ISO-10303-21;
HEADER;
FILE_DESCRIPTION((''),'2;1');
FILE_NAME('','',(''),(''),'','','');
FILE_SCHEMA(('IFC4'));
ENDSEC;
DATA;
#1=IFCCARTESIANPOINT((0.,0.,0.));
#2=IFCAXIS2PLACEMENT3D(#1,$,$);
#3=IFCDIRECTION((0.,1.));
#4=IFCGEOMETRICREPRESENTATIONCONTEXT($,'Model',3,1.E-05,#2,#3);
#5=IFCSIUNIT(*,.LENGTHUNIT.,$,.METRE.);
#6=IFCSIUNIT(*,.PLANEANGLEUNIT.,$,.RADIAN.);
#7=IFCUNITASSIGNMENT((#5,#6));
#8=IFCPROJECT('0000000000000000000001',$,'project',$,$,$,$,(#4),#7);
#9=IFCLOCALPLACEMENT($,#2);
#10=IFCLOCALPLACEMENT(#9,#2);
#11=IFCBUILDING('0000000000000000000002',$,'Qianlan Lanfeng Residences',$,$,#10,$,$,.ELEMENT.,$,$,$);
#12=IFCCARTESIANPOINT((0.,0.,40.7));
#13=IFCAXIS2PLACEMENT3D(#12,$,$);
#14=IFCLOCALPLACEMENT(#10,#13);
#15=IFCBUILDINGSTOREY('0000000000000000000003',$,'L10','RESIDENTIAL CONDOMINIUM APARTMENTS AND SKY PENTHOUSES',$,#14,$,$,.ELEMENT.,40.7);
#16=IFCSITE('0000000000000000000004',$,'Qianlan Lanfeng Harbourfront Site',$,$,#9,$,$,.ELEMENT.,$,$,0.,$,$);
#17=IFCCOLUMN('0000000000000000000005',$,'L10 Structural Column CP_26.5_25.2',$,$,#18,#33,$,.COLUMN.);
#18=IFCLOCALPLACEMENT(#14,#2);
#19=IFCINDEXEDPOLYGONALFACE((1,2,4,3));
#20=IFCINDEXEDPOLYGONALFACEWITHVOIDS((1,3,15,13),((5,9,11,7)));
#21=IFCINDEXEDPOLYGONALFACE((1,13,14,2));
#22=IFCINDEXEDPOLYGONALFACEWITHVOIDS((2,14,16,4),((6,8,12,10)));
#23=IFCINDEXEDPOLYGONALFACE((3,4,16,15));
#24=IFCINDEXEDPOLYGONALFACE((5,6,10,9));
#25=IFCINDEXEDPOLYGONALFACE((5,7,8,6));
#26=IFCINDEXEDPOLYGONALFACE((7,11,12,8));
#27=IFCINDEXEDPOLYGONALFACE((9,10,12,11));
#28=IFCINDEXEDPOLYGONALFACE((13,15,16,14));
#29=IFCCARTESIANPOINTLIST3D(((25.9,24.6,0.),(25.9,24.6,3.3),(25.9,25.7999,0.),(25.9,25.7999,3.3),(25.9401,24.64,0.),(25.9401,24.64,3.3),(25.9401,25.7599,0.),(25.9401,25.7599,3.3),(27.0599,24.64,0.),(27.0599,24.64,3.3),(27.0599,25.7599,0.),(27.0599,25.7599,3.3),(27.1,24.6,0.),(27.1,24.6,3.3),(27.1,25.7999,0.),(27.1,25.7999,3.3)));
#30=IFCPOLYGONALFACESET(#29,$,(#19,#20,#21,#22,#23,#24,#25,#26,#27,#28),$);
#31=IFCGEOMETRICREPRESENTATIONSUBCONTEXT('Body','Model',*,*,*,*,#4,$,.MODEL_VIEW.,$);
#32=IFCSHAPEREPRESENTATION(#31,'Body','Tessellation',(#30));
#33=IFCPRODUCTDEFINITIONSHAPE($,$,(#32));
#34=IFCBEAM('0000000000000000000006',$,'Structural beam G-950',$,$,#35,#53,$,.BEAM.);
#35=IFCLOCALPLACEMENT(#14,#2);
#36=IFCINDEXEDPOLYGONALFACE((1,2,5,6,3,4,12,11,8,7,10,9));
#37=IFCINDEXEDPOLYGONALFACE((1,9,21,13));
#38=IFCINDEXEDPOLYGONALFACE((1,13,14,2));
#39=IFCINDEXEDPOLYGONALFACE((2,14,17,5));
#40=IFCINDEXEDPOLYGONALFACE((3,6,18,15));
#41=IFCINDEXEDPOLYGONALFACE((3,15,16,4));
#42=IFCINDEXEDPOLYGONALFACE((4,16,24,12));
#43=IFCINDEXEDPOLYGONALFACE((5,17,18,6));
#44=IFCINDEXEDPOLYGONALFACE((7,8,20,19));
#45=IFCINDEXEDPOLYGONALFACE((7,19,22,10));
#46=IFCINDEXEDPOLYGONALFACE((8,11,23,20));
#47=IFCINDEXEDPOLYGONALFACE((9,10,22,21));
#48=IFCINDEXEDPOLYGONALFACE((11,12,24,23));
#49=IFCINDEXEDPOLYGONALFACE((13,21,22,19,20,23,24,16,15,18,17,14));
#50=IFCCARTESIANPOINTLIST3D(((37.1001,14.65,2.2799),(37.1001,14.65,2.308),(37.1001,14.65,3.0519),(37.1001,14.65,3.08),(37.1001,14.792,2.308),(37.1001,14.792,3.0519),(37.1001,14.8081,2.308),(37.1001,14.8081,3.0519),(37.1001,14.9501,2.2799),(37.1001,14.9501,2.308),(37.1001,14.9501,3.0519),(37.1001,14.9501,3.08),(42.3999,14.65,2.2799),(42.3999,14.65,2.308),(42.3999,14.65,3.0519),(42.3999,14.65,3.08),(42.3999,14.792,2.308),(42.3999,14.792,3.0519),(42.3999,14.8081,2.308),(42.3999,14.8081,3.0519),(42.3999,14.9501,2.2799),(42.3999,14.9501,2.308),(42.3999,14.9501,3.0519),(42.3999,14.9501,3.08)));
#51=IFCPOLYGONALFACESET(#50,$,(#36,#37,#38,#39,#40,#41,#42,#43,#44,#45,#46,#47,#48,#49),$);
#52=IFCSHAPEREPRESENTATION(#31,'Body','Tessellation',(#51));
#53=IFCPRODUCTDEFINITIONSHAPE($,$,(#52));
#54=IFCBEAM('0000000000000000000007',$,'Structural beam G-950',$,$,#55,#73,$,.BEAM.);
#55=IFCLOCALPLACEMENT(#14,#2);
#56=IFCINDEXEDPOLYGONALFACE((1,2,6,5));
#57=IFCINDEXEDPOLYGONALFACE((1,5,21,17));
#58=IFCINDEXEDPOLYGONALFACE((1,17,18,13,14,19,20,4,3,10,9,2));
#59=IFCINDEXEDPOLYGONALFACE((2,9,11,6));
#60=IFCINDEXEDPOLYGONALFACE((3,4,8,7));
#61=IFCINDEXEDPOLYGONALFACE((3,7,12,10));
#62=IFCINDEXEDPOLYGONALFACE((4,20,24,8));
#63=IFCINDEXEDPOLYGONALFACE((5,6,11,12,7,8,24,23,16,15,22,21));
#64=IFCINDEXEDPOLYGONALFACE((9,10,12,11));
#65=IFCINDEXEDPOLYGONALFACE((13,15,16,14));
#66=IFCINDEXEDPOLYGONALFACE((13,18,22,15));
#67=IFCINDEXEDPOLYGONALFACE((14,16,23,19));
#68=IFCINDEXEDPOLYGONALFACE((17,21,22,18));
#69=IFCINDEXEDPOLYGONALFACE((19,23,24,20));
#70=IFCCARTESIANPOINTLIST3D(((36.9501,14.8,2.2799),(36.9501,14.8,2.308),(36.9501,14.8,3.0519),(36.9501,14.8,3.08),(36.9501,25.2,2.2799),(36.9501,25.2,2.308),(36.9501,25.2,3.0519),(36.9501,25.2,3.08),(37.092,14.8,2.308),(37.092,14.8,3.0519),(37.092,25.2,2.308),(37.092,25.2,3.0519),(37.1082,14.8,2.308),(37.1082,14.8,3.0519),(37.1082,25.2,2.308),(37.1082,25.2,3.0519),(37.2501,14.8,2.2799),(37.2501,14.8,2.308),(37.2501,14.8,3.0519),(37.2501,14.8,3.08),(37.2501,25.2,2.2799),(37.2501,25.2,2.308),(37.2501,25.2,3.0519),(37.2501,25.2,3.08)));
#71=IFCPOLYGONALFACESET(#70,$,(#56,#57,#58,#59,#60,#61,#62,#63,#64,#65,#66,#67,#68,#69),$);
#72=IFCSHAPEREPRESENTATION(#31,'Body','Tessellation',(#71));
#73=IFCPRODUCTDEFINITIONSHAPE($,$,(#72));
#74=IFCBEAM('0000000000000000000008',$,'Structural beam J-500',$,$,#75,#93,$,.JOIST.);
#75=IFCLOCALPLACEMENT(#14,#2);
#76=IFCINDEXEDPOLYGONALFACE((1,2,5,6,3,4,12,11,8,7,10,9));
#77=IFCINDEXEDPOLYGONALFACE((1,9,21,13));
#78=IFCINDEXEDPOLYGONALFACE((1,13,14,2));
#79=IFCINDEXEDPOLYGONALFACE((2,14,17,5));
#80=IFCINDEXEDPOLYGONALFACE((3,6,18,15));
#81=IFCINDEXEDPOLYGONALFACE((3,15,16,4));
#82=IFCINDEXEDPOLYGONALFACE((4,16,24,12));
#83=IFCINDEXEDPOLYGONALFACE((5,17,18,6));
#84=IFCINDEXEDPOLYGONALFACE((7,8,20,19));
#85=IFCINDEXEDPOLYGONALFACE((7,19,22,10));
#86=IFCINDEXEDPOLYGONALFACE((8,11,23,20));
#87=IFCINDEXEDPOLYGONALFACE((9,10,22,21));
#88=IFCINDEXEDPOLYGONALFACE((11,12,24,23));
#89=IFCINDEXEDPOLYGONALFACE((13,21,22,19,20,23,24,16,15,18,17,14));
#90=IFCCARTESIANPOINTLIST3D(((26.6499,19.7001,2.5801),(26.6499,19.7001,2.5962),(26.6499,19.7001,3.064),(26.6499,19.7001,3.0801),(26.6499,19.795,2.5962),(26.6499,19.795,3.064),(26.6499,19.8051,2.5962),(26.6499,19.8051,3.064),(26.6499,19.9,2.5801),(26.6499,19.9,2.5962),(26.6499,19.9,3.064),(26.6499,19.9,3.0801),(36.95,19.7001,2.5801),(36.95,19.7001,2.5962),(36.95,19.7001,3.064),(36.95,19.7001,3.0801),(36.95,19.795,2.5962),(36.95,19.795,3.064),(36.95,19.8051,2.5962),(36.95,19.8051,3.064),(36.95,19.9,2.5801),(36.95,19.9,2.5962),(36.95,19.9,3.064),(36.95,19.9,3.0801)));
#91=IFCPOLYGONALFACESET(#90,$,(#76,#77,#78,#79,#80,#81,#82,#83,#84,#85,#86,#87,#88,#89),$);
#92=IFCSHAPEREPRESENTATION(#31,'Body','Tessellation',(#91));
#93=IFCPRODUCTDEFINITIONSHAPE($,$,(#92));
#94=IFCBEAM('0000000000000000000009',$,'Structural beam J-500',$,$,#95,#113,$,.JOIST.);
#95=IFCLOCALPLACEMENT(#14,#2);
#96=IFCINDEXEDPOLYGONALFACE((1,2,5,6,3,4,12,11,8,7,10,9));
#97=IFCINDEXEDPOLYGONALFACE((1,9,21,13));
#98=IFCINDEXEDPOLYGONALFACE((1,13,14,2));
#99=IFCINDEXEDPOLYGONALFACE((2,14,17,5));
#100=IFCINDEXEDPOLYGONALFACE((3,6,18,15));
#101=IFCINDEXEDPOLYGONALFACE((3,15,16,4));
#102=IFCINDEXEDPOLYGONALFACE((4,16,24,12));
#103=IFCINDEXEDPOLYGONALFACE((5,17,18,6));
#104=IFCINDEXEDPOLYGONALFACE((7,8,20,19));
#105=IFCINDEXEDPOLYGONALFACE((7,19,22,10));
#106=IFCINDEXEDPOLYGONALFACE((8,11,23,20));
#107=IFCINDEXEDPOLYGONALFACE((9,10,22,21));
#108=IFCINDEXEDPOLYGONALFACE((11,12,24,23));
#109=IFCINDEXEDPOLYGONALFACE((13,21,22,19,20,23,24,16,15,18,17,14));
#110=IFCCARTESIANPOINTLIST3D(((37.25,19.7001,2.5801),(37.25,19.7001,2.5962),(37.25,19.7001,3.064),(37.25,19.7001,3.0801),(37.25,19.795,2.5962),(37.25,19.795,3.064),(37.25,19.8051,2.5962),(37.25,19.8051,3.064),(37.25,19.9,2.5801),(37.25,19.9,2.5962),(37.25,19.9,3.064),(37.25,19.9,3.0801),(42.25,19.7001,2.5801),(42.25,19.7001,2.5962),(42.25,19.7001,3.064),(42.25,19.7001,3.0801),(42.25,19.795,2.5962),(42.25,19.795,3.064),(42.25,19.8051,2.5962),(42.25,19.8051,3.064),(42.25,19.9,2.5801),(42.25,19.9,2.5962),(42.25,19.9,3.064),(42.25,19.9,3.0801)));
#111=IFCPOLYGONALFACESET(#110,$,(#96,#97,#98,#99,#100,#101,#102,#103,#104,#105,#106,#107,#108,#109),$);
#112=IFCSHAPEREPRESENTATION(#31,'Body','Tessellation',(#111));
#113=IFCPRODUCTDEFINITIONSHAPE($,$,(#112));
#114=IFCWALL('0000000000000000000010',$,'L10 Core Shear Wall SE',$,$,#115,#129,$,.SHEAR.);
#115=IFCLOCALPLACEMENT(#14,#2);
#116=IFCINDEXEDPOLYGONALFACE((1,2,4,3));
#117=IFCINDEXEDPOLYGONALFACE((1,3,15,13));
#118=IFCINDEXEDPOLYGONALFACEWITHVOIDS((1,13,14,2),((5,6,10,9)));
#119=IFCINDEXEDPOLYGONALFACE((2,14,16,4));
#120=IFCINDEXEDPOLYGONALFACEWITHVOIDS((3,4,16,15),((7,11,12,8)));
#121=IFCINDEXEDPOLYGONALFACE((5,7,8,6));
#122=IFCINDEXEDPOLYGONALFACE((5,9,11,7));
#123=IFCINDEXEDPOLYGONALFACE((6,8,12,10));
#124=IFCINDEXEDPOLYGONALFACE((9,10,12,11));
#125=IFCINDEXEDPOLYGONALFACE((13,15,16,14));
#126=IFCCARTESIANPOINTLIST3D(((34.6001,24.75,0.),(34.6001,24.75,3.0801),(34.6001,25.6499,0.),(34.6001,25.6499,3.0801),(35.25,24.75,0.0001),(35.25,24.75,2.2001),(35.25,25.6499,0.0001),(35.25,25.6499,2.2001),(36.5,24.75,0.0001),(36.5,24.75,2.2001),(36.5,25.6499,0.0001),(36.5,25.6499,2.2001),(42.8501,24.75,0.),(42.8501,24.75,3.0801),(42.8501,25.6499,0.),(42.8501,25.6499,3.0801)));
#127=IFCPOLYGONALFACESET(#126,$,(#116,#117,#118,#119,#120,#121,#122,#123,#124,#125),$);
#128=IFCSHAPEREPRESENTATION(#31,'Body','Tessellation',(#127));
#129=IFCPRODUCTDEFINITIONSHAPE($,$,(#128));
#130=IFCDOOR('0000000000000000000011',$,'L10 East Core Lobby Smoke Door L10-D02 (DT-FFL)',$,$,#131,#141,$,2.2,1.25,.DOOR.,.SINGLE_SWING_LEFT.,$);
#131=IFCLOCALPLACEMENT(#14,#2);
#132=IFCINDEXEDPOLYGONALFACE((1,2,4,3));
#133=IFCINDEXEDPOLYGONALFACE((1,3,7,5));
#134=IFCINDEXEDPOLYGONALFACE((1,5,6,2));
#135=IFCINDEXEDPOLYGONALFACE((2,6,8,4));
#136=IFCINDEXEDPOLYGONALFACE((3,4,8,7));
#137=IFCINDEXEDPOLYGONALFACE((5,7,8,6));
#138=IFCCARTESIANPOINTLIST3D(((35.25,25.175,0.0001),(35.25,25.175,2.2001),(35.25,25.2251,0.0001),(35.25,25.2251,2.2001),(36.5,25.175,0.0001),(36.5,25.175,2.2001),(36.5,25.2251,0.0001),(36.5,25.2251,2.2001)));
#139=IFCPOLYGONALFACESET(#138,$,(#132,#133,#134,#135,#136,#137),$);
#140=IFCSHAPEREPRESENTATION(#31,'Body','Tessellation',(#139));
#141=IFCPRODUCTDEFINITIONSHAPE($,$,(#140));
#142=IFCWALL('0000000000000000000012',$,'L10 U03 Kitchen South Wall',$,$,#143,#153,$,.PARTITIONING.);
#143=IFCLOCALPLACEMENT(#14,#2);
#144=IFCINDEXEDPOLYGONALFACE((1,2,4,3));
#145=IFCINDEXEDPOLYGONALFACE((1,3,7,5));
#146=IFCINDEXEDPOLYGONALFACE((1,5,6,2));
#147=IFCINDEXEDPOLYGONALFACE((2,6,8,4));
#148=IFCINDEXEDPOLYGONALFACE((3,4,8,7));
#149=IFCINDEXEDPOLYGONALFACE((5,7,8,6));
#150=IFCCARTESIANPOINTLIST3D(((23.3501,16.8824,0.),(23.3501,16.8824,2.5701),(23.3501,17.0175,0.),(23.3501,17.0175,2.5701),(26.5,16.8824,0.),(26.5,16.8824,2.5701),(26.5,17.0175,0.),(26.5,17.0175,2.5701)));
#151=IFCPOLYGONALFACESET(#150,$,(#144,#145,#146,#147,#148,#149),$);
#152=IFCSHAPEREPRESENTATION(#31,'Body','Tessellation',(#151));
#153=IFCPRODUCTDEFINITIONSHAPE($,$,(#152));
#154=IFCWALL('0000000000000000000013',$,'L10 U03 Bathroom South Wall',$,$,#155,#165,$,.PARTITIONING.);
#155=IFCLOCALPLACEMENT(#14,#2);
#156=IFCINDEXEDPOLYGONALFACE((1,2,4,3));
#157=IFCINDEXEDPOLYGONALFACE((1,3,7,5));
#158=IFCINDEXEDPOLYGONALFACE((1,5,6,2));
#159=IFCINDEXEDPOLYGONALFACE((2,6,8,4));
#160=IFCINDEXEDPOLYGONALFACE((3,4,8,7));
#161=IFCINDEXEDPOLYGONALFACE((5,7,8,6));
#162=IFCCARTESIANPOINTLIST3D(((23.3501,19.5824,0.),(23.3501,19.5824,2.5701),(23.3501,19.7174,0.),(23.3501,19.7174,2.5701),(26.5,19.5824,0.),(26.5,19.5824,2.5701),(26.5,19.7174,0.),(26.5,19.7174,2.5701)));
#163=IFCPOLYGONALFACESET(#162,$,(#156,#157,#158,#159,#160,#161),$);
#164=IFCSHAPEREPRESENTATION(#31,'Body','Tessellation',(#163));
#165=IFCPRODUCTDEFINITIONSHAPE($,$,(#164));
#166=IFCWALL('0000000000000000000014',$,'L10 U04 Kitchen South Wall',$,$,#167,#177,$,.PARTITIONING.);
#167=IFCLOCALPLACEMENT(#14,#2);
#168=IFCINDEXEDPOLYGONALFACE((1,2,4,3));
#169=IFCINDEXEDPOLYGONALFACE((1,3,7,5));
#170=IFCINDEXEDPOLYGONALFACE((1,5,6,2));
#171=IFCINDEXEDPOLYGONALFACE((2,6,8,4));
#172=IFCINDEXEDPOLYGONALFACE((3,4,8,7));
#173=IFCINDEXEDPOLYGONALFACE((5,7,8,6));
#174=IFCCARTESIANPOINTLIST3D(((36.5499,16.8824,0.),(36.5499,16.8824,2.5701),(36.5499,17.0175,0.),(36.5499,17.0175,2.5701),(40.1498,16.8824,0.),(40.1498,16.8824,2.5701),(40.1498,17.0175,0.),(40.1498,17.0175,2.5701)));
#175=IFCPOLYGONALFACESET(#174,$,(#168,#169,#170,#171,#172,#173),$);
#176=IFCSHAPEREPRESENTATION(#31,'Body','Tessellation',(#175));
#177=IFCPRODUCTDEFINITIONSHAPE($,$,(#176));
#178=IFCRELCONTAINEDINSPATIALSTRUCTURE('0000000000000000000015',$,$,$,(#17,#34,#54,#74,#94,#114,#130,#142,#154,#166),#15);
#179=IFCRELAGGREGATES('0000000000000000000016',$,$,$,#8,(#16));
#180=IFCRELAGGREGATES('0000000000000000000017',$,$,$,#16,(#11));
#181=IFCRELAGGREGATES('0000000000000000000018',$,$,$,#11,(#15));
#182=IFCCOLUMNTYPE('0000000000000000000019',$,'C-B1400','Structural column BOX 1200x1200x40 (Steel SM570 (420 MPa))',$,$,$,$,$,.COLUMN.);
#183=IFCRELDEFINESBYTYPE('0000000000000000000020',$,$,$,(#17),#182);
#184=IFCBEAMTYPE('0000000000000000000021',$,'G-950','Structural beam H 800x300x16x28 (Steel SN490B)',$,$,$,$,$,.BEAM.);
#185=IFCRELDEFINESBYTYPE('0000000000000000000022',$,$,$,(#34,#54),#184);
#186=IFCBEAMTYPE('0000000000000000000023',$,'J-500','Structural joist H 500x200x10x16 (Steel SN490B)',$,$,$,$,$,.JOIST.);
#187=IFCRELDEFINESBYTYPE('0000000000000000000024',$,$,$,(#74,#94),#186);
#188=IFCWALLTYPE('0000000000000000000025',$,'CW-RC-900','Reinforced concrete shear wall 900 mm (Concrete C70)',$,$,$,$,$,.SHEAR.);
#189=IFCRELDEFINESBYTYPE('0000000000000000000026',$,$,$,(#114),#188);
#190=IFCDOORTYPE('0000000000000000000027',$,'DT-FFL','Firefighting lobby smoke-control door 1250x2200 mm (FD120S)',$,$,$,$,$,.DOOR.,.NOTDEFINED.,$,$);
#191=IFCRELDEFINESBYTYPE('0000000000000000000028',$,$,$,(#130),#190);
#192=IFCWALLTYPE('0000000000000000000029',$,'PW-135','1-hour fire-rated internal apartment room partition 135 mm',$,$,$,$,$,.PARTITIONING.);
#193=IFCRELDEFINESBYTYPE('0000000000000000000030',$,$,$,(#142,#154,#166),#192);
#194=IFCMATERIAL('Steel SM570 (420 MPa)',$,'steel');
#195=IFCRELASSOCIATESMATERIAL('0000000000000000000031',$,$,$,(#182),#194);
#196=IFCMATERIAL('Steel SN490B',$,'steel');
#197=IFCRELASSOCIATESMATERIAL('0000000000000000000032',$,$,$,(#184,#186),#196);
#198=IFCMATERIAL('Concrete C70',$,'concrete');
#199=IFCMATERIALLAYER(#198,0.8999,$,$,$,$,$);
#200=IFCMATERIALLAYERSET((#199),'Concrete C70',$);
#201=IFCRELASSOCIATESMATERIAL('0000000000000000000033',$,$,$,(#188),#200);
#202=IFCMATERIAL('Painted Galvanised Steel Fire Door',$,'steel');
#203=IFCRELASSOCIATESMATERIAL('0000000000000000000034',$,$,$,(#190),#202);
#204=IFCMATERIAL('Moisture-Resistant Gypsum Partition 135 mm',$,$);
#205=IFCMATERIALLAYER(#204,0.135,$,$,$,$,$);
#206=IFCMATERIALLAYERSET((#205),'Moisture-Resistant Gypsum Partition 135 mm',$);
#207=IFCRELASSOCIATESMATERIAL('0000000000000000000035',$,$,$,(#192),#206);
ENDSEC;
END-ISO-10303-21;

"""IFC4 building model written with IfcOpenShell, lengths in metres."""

from ifc_helpers import new_model, si_unit, direction, frame, frame_2d, origin, origin_2d, place, context, subcontext, project, spatial, rectangle, hollow_rectangle, i_section, extrude, material, layer, layer_set, material_profile, profile_set, type_object, element, fill, save


model = new_model("IFC4")

# Units and contexts
model_context = context("Model", 3, precision=1e-05, world=origin(), true_north=direction((0.0, 1.0)))
body_context = subcontext(model_context, "Body", "Model", "MODEL_VIEW")
ifc_project = project(units=[si_unit("LENGTHUNIT", "METRE"), si_unit("PLANEANGLEUNIT", "RADIAN")], contexts=[model_context])

# Site, building, storey
site_placement = place(None, origin())
site = spatial("IfcSite", under=ifc_project, at=site_placement, Name="Qianlan Lanfeng Harbourfront Site", CompositionType="ELEMENT", RefElevation=0.0)
building_placement = place(site_placement, origin())
building = spatial("IfcBuilding", under=site, at=building_placement, Name="Qianlan Lanfeng Residences", CompositionType="ELEMENT")
storey_placement = place(building_placement, frame((0.0, 0.0, 40.7)))
storey = spatial("IfcBuildingStorey", under=building, at=storey_placement, Name="L10", Description="RESIDENTIAL CONDOMINIUM APARTMENTS AND SKY PENTHOUSES", CompositionType="ELEMENT", Elevation=40.7)

# Column
ifc_material_1 = material(Name="Steel SM570 (420 MPa)", Category="steel")
ifc_material_profile_1 = material_profile(ifc_material_1, hollow_rectangle(XDim=1.2, YDim=1.2, WallThickness=0.04, at=origin_2d()), Name="BOX 1200x1200x40")
ifc_profile_set_1 = profile_set([ifc_material_profile_1], Name="Steel SM570 (420 MPa)")
column_type = type_object("IfcColumnType", Name="C-B1400", Description="Structural column BOX 1200x1200x40 (Steel SM570 (420 MPa))", PredefinedType="COLUMN", material=ifc_profile_set_1)
column_placement = place(storey_placement, frame((26.5, 25.2, 0.0), z_axis=(0.0, 0.0, 1.0), x_axis=(1.0, 0.0, 0.0)))
element("IfcColumn", 1, at=column_placement, inside=storey, type_object=column_type, Name="L10 Structural Column CP_26.5_25.2", PredefinedType="COLUMN", context=body_context, shape_type="SweptSolid", body=[
    extrude(hollow_rectangle(XDim=1.2, YDim=1.2, WallThickness=0.04, at=origin_2d()), origin(), (0.0, 0.0, 1.0), 3.3),
])

# Beams
ifc_material_2 = material(Name="Steel SN490B", Category="steel")
ifc_material_profile_2 = material_profile(ifc_material_2, i_section(OverallWidth=0.3, OverallDepth=0.8, WebThickness=0.0161, FlangeThickness=0.0281, at=origin_2d()), Name="H 800x300x16x28")
ifc_profile_set_2 = profile_set([ifc_material_profile_2], Name="Steel SN490B")
beam_type_1 = type_object("IfcBeamType", Name="G-950", Description="Structural beam H 800x300x16x28 (Steel SN490B)", PredefinedType="BEAM", material=ifc_profile_set_2)
beam_1_placement = place(storey_placement, frame((37.1001, 14.8, 2.6799), z_axis=(1.0, 0.0, 0.0), x_axis=(0.0, 1.0, 0.0)))
element("IfcBeam", 2, at=beam_1_placement, inside=storey, type_object=beam_type_1, Name="Structural beam G-950", PredefinedType="BEAM", context=body_context, shape_type="SweptSolid", body=[
    extrude(i_section(OverallWidth=0.3, OverallDepth=0.8, WebThickness=0.0161, FlangeThickness=0.0281, at=origin_2d()), origin(), (0.0, 0.0, 1.0), 5.2998),
])
beam_2_placement = place(storey_placement, frame((37.1001, 14.8, 2.6799), z_axis=(0.0, 1.0, 0.0), x_axis=(-1.0, 0.0, 0.0)))
element("IfcBeam", 3, at=beam_2_placement, inside=storey, type_object=beam_type_1, Name="Structural beam G-950", PredefinedType="BEAM", context=body_context, shape_type="SweptSolid", body=[
    extrude(i_section(OverallWidth=0.3, OverallDepth=0.8, WebThickness=0.0161, FlangeThickness=0.0281, at=origin_2d()), origin(), (0.0, 0.0, 1.0), 10.3999),
])
ifc_material_profile_3 = material_profile(ifc_material_2, i_section(OverallWidth=0.2, OverallDepth=0.5, WebThickness=0.01, FlangeThickness=0.0161, at=origin_2d()), Name="H 500x200x10x16")
ifc_profile_set_3 = profile_set([ifc_material_profile_3], Name="Steel SN490B")
beam_type_2 = type_object("IfcBeamType", Name="J-500", Description="Structural joist H 500x200x10x16 (Steel SN490B)", PredefinedType="JOIST", material=ifc_profile_set_3)
beam_3_placement = place(storey_placement, frame((26.6499, 19.8, 2.8301), z_axis=(1.0, 0.0, 0.0), x_axis=(0.0, 1.0, 0.0)))
element("IfcBeam", 4, at=beam_3_placement, inside=storey, type_object=beam_type_2, Name="Structural beam J-500", PredefinedType="JOIST", context=body_context, shape_type="SweptSolid", body=[
    extrude(i_section(OverallWidth=0.2, OverallDepth=0.5, WebThickness=0.01, FlangeThickness=0.0161, at=origin_2d()), origin(), (0.0, 0.0, 1.0), 10.3),
])
beam_4_placement = place(storey_placement, frame((37.25, 19.8, 2.8301), z_axis=(1.0, 0.0, 0.0), x_axis=(0.0, 1.0, 0.0)))
element("IfcBeam", 5, at=beam_4_placement, inside=storey, type_object=beam_type_2, Name="Structural beam J-500", PredefinedType="JOIST", context=body_context, shape_type="SweptSolid", body=[
    extrude(i_section(OverallWidth=0.2, OverallDepth=0.5, WebThickness=0.01, FlangeThickness=0.0161, at=origin_2d()), origin(), (0.0, 0.0, 1.0), 5.0),
])

# Wall, opening, door
ifc_material_3 = material(Name="Concrete C70", Category="concrete")
ifc_layer_1 = layer(ifc_material_3, 0.8999)
ifc_layer_set_1 = layer_set([ifc_layer_1], Name="Concrete C70")
wall_type_1 = type_object("IfcWallType", Name="CW-RC-900", Description="Reinforced concrete shear wall 900 mm (Concrete C70)", PredefinedType="SHEAR", material=ifc_layer_set_1)
wall_1_placement = place(storey_placement, frame((34.6001, 25.2, 0.0), z_axis=(0.0, 0.0, 1.0), x_axis=(1.0, 0.0, 0.0)))
wall_1 = element("IfcWall", 6, at=wall_1_placement, inside=storey, type_object=wall_type_1, Name="L10 Core Shear Wall SE", PredefinedType="SHEAR", context=body_context, shape_type="SweptSolid", body=[
    extrude(rectangle(XDim=8.25, YDim=0.8999, at=frame_2d((4.125, 0.0))), origin(), (0.0, 0.0, 1.0), 3.0801),
])
opening_1_placement = place(wall_1_placement, frame((0.6499, 0.0, 0.0)))
opening_1 = element("IfcOpeningElement", 7, at=opening_1_placement, cuts=wall_1, PredefinedType="OPENING", context=body_context, shape_type="SweptSolid", body=[
    extrude(rectangle(XDim=1.25, YDim=2.2, at=frame_2d((0.625, 1.1001))), frame((0.0, 0.46, 0.0), z_axis=(0.0, -1.0, 0.0), x_axis=(1.0, 0.0, 0.0)), (0.0, 0.0, 1.0), 0.9199),
])
ifc_material_4 = material(Name="Painted Galvanised Steel Fire Door", Category="steel")
door_type_1 = type_object("IfcDoorType", Name="DT-FFL", Description="Firefighting lobby smoke-control door 1250x2200 mm (FD120S)", OperationType="NOTDEFINED", PredefinedType="DOOR", material=ifc_material_4)
door_1_placement = place(opening_1_placement, frame((1.25, 0.0, 0.0), z_axis=(0.0, 0.0, 1.0), x_axis=(-1.0, 0.0, 0.0)))
door_1 = element("IfcDoor", 8, at=door_1_placement, inside=storey, type_object=door_type_1, Name="L10 East Core Lobby Smoke Door L10-D02 (DT-FFL)", OperationType="SINGLE_SWING_LEFT", OverallHeight=2.2, OverallWidth=1.25, PredefinedType="DOOR", context=body_context, shape_type="SweptSolid", body=[
    extrude(rectangle(XDim=1.25, YDim=2.2, at=frame_2d((0.625, 1.1001))), frame((0.0, 0.0249, 0.0), z_axis=(0.0, -1.0, 0.0), x_axis=(1.0, 0.0, 0.0)), (0.0, 0.0, 1.0), 0.05),
])
fill(opening_1, door_1)

# Walls
ifc_material_5 = material(Name="Moisture-Resistant Gypsum Partition 135 mm")
ifc_layer_2 = layer(ifc_material_5, 0.135)
ifc_layer_set_2 = layer_set([ifc_layer_2], Name="Moisture-Resistant Gypsum Partition 135 mm")
wall_type_2 = type_object("IfcWallType", Name="PW-135", Description="1-hour fire-rated internal apartment room partition 135 mm", PredefinedType="PARTITIONING", material=ifc_layer_set_2)
for number, where, z_axis, x_axis, name in (
    (9, (23.3501, 16.95, 0.0), (0.0, 0.0, 1.0), (1.0, 0.0, 0.0), "L10 U03 Kitchen South Wall"),
    (10, (23.3501, 19.6499, 0.0), (0.0, 0.0, 1.0), (1.0, 0.0, 0.0), "L10 U03 Bathroom South Wall"),
):
    element("IfcWall", number, at=place(storey_placement, frame(where, z_axis=z_axis, x_axis=x_axis)), inside=storey, type_object=wall_type_2, Name=name, PredefinedType="PARTITIONING", context=body_context, shape_type="SweptSolid", body=[
        extrude(rectangle(XDim=3.1499, YDim=0.135, at=frame_2d((1.575, 0.0))), origin(), (0.0, 0.0, 1.0), 2.5701),
    ])
for number, where, z_axis, x_axis, name in (
    (11, (36.55, 16.95, 0.0), (0.0, 0.0, 1.0), (1.0, 0.0, 0.0), "L10 U04 Kitchen South Wall"),
):
    element("IfcWall", number, at=place(storey_placement, frame(where, z_axis=z_axis, x_axis=x_axis)), inside=storey, type_object=wall_type_2, Name=name, PredefinedType="PARTITIONING", context=body_context, shape_type="SweptSolid", body=[
        extrude(rectangle(XDim=3.5999, YDim=0.135, at=frame_2d((1.7998, 0.0))), origin(), (0.0, 0.0, 1.0), 2.5701),
    ])

save(model, "model.ifc")
